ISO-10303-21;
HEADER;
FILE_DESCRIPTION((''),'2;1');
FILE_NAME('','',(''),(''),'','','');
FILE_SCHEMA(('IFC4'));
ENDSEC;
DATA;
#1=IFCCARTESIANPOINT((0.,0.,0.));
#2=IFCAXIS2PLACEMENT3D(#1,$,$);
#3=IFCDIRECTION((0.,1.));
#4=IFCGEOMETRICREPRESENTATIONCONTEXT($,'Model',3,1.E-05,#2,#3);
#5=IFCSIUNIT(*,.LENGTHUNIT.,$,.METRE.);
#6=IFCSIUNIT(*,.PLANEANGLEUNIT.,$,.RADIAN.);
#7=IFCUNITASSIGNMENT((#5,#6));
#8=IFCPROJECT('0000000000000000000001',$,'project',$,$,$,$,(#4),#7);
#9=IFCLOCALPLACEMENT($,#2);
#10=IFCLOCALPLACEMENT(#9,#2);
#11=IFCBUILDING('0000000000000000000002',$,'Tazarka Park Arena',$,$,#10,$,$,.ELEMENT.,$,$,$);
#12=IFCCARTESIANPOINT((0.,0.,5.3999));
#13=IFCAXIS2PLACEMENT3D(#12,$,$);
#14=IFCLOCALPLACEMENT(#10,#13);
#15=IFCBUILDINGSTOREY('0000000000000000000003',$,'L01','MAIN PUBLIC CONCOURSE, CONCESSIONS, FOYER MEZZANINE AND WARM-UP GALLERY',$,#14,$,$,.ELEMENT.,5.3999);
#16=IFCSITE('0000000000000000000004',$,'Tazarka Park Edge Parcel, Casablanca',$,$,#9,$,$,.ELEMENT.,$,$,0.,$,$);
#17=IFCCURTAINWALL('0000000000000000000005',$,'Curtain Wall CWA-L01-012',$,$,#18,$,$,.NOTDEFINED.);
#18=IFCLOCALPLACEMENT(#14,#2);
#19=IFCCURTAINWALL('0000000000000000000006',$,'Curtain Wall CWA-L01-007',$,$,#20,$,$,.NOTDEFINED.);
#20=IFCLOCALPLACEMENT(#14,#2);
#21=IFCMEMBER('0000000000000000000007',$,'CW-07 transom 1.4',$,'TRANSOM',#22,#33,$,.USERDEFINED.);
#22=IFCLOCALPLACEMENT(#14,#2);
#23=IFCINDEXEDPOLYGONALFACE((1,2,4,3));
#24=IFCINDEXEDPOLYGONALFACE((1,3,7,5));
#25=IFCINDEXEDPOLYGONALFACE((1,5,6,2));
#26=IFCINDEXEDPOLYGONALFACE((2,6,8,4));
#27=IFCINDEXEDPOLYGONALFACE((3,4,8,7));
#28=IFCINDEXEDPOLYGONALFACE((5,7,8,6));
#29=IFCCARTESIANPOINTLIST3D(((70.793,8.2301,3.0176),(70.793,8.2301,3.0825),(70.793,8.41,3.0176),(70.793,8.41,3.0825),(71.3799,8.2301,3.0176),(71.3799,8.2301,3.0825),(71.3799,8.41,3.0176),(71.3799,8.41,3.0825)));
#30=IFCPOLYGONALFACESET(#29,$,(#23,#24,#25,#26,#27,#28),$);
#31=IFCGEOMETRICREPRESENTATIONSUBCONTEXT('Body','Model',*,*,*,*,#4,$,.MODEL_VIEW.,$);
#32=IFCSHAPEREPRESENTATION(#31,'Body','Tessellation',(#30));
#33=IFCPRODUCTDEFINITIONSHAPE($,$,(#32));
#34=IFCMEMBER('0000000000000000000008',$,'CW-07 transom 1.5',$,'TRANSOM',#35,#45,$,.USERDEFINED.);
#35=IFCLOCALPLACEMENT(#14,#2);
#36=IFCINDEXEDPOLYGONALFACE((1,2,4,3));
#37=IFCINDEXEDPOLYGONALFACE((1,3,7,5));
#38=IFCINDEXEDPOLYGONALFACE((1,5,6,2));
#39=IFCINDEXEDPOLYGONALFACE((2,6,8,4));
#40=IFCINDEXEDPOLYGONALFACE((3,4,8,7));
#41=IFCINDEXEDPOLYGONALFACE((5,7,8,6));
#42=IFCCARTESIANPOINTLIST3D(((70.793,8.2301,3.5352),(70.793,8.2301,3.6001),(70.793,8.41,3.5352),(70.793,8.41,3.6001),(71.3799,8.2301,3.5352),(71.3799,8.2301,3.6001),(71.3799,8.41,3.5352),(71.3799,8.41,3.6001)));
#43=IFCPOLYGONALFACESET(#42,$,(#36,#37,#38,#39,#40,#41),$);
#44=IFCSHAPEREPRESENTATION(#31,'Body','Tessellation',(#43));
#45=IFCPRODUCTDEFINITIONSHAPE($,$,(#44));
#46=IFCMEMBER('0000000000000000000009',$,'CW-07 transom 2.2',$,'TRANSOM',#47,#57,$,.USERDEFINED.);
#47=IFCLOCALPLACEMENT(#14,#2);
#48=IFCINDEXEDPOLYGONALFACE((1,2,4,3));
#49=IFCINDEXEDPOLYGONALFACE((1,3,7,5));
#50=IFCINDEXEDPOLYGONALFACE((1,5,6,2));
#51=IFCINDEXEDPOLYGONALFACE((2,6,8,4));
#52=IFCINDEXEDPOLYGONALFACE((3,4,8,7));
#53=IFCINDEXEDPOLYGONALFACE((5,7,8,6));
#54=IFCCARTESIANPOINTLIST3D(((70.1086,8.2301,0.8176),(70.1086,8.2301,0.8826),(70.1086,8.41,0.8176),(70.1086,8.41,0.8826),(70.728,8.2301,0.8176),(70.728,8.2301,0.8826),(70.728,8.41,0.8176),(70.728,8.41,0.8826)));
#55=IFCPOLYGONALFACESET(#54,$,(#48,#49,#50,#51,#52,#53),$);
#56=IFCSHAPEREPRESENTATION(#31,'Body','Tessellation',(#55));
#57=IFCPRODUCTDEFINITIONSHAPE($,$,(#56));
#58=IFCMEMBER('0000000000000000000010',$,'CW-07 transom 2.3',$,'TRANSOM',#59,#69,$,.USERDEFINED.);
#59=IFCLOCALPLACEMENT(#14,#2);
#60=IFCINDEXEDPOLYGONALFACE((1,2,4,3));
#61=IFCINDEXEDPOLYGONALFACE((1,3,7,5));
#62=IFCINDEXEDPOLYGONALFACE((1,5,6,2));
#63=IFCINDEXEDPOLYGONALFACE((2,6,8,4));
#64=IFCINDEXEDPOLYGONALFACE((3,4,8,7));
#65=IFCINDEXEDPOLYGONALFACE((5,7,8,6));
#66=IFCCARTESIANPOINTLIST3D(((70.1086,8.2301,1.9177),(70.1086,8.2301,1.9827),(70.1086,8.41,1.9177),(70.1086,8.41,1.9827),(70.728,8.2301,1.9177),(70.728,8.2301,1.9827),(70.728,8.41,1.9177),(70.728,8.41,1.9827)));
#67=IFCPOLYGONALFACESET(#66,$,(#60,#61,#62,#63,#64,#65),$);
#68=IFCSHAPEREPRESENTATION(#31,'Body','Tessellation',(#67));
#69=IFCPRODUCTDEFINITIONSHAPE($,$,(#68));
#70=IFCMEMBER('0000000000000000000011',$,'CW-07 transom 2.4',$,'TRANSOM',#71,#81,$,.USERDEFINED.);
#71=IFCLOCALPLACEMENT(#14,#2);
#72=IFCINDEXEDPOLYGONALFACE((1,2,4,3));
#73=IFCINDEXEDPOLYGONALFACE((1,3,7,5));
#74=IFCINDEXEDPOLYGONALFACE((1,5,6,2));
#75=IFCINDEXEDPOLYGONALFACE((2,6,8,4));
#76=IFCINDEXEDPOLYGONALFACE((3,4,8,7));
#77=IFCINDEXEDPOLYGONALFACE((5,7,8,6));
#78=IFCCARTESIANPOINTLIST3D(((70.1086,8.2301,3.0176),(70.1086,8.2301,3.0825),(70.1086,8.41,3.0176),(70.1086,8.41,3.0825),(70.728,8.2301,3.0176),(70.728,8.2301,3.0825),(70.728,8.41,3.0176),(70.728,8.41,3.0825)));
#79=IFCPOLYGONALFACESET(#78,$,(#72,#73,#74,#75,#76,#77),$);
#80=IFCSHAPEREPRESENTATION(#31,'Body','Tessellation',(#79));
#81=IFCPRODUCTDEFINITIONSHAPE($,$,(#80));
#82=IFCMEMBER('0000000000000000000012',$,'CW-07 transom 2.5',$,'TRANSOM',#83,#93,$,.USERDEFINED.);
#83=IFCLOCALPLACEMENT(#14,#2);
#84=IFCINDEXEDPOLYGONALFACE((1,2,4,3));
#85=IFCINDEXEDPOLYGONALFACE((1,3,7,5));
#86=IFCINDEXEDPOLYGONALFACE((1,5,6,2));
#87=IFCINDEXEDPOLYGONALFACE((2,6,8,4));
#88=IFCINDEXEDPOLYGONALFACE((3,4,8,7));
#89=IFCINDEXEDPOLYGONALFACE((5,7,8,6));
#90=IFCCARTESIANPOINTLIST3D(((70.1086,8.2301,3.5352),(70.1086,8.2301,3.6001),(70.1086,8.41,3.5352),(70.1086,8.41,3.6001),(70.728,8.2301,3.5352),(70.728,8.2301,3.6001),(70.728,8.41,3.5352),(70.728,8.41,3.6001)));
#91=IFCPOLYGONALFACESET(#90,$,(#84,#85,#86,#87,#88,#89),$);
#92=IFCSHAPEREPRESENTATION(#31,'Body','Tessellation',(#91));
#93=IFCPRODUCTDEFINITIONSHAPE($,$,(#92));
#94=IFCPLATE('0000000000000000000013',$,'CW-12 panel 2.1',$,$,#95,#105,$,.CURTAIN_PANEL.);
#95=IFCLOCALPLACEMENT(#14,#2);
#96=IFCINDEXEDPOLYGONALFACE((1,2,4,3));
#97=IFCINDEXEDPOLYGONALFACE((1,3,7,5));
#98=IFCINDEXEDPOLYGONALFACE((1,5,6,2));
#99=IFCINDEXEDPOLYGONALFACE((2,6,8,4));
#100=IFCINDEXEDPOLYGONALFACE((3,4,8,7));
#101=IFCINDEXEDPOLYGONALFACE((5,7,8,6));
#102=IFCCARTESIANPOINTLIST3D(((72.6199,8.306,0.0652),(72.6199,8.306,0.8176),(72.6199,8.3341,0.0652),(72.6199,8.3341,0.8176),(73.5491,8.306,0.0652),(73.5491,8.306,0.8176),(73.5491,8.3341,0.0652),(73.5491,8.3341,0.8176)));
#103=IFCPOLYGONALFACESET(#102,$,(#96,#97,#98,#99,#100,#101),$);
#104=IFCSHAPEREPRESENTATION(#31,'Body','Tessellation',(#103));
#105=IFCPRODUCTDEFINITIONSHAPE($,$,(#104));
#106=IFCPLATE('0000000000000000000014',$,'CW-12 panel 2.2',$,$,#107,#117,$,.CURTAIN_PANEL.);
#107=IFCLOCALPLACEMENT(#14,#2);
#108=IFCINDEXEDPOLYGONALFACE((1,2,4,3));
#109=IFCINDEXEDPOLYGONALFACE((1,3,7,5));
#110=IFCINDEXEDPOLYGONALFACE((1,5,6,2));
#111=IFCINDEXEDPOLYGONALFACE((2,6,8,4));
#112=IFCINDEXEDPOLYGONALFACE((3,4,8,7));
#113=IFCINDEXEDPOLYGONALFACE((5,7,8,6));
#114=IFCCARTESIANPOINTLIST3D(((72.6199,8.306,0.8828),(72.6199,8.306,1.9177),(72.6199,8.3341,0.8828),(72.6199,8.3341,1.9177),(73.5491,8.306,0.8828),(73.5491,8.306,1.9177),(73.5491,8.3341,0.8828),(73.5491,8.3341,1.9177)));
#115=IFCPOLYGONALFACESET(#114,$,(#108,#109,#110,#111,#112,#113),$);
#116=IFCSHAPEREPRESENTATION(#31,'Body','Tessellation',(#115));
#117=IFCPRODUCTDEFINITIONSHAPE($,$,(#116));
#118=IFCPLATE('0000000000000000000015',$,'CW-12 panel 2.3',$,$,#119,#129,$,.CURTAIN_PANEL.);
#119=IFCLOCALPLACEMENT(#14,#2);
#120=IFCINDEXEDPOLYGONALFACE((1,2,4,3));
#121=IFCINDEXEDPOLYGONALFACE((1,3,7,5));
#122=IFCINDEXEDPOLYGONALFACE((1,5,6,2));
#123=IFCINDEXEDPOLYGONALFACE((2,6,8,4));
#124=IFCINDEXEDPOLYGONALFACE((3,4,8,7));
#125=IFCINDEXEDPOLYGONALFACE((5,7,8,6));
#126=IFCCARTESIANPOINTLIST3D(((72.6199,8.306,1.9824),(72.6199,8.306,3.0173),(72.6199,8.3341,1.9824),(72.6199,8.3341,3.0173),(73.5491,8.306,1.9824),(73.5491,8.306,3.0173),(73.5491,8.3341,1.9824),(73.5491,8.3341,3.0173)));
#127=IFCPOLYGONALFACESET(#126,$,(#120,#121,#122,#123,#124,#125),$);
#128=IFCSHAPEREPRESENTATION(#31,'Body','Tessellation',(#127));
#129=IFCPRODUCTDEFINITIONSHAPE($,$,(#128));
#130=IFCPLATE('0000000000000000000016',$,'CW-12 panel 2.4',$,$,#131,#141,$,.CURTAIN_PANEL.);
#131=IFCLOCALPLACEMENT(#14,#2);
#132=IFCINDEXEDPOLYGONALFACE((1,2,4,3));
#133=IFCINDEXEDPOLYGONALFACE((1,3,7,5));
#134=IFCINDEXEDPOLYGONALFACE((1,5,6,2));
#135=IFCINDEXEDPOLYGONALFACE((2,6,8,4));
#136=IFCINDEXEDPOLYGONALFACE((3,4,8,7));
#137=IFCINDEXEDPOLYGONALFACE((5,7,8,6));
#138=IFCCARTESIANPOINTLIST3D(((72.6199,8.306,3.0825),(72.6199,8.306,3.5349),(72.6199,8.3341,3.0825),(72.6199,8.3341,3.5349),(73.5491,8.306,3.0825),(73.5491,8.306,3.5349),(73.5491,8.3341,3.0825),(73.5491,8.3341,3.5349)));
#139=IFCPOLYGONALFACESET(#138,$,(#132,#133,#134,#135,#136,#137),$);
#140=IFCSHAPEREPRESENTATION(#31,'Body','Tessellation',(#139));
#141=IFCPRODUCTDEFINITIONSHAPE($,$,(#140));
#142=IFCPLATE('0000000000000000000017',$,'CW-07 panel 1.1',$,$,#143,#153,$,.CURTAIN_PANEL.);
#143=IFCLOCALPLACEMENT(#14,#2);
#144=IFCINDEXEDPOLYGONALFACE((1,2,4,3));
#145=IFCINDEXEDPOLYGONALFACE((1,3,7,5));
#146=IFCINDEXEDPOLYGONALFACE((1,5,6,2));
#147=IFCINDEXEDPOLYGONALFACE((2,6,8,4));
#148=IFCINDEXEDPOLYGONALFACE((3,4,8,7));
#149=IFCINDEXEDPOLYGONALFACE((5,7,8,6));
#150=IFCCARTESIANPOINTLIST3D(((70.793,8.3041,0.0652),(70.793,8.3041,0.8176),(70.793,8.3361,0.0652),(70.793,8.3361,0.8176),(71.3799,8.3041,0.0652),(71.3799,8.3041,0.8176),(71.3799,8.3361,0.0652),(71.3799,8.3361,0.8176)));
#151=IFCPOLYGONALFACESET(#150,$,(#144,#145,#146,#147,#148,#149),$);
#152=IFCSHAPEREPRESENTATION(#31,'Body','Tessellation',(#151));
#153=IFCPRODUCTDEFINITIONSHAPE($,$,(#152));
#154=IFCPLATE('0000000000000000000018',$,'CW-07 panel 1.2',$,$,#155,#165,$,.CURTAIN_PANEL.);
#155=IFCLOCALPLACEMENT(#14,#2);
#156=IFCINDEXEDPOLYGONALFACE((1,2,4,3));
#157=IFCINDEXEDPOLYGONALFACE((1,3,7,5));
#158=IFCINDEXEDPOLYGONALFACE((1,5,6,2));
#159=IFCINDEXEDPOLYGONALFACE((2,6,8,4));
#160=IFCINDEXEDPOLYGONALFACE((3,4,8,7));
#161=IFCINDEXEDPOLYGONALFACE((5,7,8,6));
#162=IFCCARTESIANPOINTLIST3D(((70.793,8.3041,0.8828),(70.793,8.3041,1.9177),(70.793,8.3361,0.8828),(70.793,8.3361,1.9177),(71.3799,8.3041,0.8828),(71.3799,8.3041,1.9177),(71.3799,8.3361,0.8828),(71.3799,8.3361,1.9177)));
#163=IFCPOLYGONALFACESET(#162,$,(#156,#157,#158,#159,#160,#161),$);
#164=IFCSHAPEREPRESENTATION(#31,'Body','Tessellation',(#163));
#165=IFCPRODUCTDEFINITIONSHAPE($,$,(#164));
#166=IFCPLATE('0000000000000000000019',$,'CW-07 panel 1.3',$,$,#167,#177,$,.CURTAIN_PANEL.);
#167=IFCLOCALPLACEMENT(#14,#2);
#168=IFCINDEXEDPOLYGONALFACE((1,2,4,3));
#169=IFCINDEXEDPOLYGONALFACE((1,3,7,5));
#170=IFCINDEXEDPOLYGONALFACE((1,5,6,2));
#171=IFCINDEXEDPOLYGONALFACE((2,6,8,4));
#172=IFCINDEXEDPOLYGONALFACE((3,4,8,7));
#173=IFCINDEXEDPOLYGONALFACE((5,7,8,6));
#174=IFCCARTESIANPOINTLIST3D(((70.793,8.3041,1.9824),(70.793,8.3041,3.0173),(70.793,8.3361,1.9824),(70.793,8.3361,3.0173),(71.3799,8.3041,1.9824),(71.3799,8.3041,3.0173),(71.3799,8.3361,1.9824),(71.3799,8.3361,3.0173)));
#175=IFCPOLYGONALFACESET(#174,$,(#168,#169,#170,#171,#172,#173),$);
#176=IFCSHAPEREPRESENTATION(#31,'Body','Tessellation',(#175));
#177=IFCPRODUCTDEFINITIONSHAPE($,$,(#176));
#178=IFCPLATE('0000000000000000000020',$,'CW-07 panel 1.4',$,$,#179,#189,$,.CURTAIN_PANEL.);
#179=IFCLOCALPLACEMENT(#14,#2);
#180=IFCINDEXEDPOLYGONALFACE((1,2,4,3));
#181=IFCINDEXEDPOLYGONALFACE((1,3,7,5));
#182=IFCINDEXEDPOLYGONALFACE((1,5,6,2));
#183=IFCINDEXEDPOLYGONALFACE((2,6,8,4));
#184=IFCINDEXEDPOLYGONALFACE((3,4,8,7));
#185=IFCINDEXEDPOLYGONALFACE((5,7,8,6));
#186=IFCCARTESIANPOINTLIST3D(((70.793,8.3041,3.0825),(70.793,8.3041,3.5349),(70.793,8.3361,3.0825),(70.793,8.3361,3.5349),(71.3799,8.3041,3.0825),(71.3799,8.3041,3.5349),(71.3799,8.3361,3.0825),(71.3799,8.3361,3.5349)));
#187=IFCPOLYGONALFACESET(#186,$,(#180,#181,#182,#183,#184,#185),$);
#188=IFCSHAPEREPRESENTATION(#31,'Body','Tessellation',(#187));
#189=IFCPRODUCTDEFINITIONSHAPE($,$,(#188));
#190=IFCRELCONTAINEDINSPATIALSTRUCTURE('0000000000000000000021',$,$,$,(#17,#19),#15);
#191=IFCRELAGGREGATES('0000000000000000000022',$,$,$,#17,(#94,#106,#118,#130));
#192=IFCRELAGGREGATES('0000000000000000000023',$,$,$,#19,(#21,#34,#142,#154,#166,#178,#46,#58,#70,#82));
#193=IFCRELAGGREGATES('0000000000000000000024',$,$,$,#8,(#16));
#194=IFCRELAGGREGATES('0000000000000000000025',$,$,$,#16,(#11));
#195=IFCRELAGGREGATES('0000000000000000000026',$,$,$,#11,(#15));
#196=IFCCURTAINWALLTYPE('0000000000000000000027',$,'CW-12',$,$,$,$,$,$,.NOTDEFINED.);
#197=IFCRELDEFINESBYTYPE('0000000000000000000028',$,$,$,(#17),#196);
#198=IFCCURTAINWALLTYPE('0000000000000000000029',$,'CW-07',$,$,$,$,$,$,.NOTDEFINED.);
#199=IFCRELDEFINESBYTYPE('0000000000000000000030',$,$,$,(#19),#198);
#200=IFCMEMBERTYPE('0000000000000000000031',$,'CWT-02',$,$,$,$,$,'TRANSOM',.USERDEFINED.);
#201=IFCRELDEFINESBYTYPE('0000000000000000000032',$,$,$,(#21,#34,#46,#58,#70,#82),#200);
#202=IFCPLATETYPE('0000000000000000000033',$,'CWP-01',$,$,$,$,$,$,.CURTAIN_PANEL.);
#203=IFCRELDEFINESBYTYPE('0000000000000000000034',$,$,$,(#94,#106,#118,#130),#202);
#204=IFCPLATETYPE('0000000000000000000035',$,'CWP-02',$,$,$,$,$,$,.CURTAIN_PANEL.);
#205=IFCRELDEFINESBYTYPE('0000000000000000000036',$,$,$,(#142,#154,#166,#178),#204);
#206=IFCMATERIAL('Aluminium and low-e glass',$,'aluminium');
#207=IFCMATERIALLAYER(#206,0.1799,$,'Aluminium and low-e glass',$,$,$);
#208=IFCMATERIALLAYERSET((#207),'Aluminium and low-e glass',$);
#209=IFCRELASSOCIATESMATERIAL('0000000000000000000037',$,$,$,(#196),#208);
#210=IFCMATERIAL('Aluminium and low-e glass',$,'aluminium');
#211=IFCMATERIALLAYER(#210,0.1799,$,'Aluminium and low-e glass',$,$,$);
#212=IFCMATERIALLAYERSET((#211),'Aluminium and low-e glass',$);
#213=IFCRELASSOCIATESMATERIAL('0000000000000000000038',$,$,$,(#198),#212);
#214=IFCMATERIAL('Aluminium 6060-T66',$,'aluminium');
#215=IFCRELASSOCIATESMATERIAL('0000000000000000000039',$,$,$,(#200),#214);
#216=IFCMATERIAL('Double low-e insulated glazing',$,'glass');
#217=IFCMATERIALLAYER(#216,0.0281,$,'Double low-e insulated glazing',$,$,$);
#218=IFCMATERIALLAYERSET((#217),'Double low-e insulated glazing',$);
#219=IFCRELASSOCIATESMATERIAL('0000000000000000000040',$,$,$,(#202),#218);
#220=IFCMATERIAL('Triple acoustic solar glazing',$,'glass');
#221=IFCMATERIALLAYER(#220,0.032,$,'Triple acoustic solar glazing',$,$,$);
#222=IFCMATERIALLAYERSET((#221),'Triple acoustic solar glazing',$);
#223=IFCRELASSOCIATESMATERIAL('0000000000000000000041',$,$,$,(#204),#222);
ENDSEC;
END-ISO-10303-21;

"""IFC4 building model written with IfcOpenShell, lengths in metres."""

from ifc_helpers import new_model, si_unit, direction, frame, origin, origin_2d, place, context, subcontext, project, spatial, rectangle, extrude, material, layer, layer_set, material_profile, profile_set, type_object, element, aggregate, save


model = new_model("IFC4")

# Units and contexts
model_context = context("Model", 3, precision=1e-05, world=origin(), true_north=direction((0.0, 1.0)))
body_context = subcontext(model_context, "Body", "Model", "MODEL_VIEW")
ifc_project = project(units=[si_unit("LENGTHUNIT", "METRE"), si_unit("PLANEANGLEUNIT", "RADIAN")], contexts=[model_context])

# Site, building, storey
site_placement = place(None, origin())
site = spatial("IfcSite", under=ifc_project, at=site_placement, Name="Tazarka Park Edge Parcel, Casablanca", CompositionType="ELEMENT", RefElevation=0.0)
building_placement = place(site_placement, origin())
building = spatial("IfcBuilding", under=site, at=building_placement, Name="Tazarka Park Arena", CompositionType="ELEMENT")
storey_placement = place(building_placement, frame((0.0, 0.0, 5.3999)))
storey = spatial("IfcBuildingStorey", under=building, at=storey_placement, Name="L01", Description="MAIN PUBLIC CONCOURSE, CONCESSIONS, FOYER MEZZANINE AND WARM-UP GALLERY", CompositionType="ELEMENT", Elevation=5.3999)

# Curtain wall
ifc_material_1 = material(Name="Aluminium and low-e glass", Category="aluminium")
ifc_layer_1 = layer(ifc_material_1, 0.1799, Name="Aluminium and low-e glass")
ifc_layer_set_1 = layer_set([ifc_layer_1], Name="Aluminium and low-e glass")
curtain_wall_type_1 = type_object("IfcCurtainWallType", Name="CW-12", PredefinedType="NOTDEFINED", material=ifc_layer_set_1)
curtain_wall_1_placement = place(storey_placement, origin())
curtain_wall_1 = element("IfcCurtainWall", 1, at=curtain_wall_1_placement, inside=storey, type_object=curtain_wall_type_1, Name="Curtain Wall CWA-L01-012", PredefinedType="NOTDEFINED")

# Curtain wall
ifc_material_2 = material(Name="Aluminium and low-e glass", Category="aluminium")
ifc_layer_2 = layer(ifc_material_2, 0.1799, Name="Aluminium and low-e glass")
ifc_layer_set_2 = layer_set([ifc_layer_2], Name="Aluminium and low-e glass")
curtain_wall_type_2 = type_object("IfcCurtainWallType", Name="CW-07", PredefinedType="NOTDEFINED", material=ifc_layer_set_2)
curtain_wall_2_placement = place(storey_placement, origin())
curtain_wall_2 = element("IfcCurtainWall", 2, at=curtain_wall_2_placement, inside=storey, type_object=curtain_wall_type_2, Name="Curtain Wall CWA-L01-007", PredefinedType="NOTDEFINED")

# Members
ifc_material_3 = material(Name="Aluminium 6060-T66", Category="aluminium")
ifc_material_profile_1 = material_profile(ifc_material_3, rectangle(XDim=0.1799, YDim=0.0649, at=origin_2d()), Name="Aluminium 6060-T66")
ifc_profile_set_1 = profile_set([ifc_material_profile_1], Name="Aluminium 6060-T66")
member_type_1 = type_object("IfcMemberType", Name="CWT-02", ElementType="TRANSOM", PredefinedType="USERDEFINED", material=ifc_profile_set_1)
member_1_placement = place(storey_placement, frame((71.3799, 8.3201, 3.05), z_axis=(-1.0, 0.0, 0.0), x_axis=(0.0, -1.0, 0.0)))
member_1 = element("IfcMember", 3, at=member_1_placement, type_object=member_type_1, Name="CW-07 transom 1.4", ObjectType="TRANSOM", PredefinedType="USERDEFINED", context=body_context, shape_type="SweptSolid", body=[
    extrude(rectangle(XDim=0.1799, YDim=0.0649, at=origin_2d()), origin(), (0.0, 0.0, 1.0), 0.5869),
])
member_2_placement = place(storey_placement, frame((71.3799, 8.3201, 3.5676), z_axis=(-1.0, 0.0, 0.0), x_axis=(0.0, -1.0, 0.0)))
member_2 = element("IfcMember", 4, at=member_2_placement, type_object=member_type_1, Name="CW-07 transom 1.5", ObjectType="TRANSOM", PredefinedType="USERDEFINED", context=body_context, shape_type="SweptSolid", body=[
    extrude(rectangle(XDim=0.1799, YDim=0.0649, at=origin_2d()), origin(), (0.0, 0.0, 1.0), 0.5869),
])
member_3_placement = place(storey_placement, frame((70.728, 8.3201, 0.8501), z_axis=(-1.0, 0.0, 0.0), x_axis=(0.0, -1.0, 0.0)))
member_3 = element("IfcMember", 5, at=member_3_placement, type_object=member_type_1, Name="CW-07 transom 2.2", ObjectType="TRANSOM", PredefinedType="USERDEFINED", context=body_context, shape_type="SweptSolid", body=[
    extrude(rectangle(XDim=0.1799, YDim=0.0649, at=origin_2d()), origin(), (0.0, 0.0, 1.0), 0.6194),
])
member_4_placement = place(storey_placement, frame((70.728, 8.3201, 1.9502), z_axis=(-1.0, 0.0, 0.0), x_axis=(0.0, -1.0, 0.0)))
member_4 = element("IfcMember", 6, at=member_4_placement, type_object=member_type_1, Name="CW-07 transom 2.3", ObjectType="TRANSOM", PredefinedType="USERDEFINED", context=body_context, shape_type="SweptSolid", body=[
    extrude(rectangle(XDim=0.1799, YDim=0.0649, at=origin_2d()), origin(), (0.0, 0.0, 1.0), 0.6194),
])
member_5_placement = place(storey_placement, frame((70.728, 8.3201, 3.05), z_axis=(-1.0, 0.0, 0.0), x_axis=(0.0, -1.0, 0.0)))
member_5 = element("IfcMember", 7, at=member_5_placement, type_object=member_type_1, Name="CW-07 transom 2.4", ObjectType="TRANSOM", PredefinedType="USERDEFINED", context=body_context, shape_type="SweptSolid", body=[
    extrude(rectangle(XDim=0.1799, YDim=0.0649, at=origin_2d()), origin(), (0.0, 0.0, 1.0), 0.6194),
])
member_6_placement = place(storey_placement, frame((70.728, 8.3201, 3.5676), z_axis=(-1.0, 0.0, 0.0), x_axis=(0.0, -1.0, 0.0)))
member_6 = element("IfcMember", 8, at=member_6_placement, type_object=member_type_1, Name="CW-07 transom 2.5", ObjectType="TRANSOM", PredefinedType="USERDEFINED", context=body_context, shape_type="SweptSolid", body=[
    extrude(rectangle(XDim=0.1799, YDim=0.0649, at=origin_2d()), origin(), (0.0, 0.0, 1.0), 0.6194),
])

# Plates
ifc_material_4 = material(Name="Double low-e insulated glazing", Category="glass")
ifc_layer_3 = layer(ifc_material_4, 0.0281, Name="Double low-e insulated glazing")
ifc_layer_set_3 = layer_set([ifc_layer_3], Name="Double low-e insulated glazing")
plate_type_1 = type_object("IfcPlateType", Name="CWP-01", PredefinedType="CURTAIN_PANEL", material=ifc_layer_set_3)
plate_1_placement = place(storey_placement, frame((73.0845, 8.3201, 0.0652), z_axis=(0.0, 0.0, 1.0), x_axis=(-1.0, 0.0, 0.0)))
plate_1 = element("IfcPlate", 9, at=plate_1_placement, type_object=plate_type_1, Name="CW-12 panel 2.1", PredefinedType="CURTAIN_PANEL", context=body_context, shape_type="SweptSolid", body=[
    extrude(rectangle(XDim=0.9292, YDim=0.0281, at=origin_2d()), origin(), (0.0, 0.0, 1.0), 0.7524),
])
plate_2_placement = place(storey_placement, frame((73.0845, 8.3201, 0.8828), z_axis=(0.0, 0.0, 1.0), x_axis=(-1.0, 0.0, 0.0)))
plate_2 = element("IfcPlate", 10, at=plate_2_placement, type_object=plate_type_1, Name="CW-12 panel 2.2", PredefinedType="CURTAIN_PANEL", context=body_context, shape_type="SweptSolid", body=[
    extrude(rectangle(XDim=0.9292, YDim=0.0281, at=origin_2d()), origin(), (0.0, 0.0, 1.0), 1.0349),
])
plate_3_placement = place(storey_placement, frame((73.0845, 8.3201, 1.9824), z_axis=(0.0, 0.0, 1.0), x_axis=(-1.0, 0.0, 0.0)))
plate_3 = element("IfcPlate", 11, at=plate_3_placement, type_object=plate_type_1, Name="CW-12 panel 2.3", PredefinedType="CURTAIN_PANEL", context=body_context, shape_type="SweptSolid", body=[
    extrude(rectangle(XDim=0.9292, YDim=0.0281, at=origin_2d()), origin(), (0.0, 0.0, 1.0), 1.0349),
])
plate_4_placement = place(storey_placement, frame((73.0845, 8.3201, 3.0825), z_axis=(0.0, 0.0, 1.0), x_axis=(-1.0, 0.0, 0.0)))
plate_4 = element("IfcPlate", 12, at=plate_4_placement, type_object=plate_type_1, Name="CW-12 panel 2.4", PredefinedType="CURTAIN_PANEL", context=body_context, shape_type="SweptSolid", body=[
    extrude(rectangle(XDim=0.9292, YDim=0.0281, at=origin_2d()), origin(), (0.0, 0.0, 1.0), 0.4524),
])
aggregate(curtain_wall_1, [plate_1, plate_2, plate_3, plate_4])
ifc_material_5 = material(Name="Triple acoustic solar glazing", Category="glass")
ifc_layer_4 = layer(ifc_material_5, 0.032, Name="Triple acoustic solar glazing")
ifc_layer_set_4 = layer_set([ifc_layer_4], Name="Triple acoustic solar glazing")
plate_type_2 = type_object("IfcPlateType", Name="CWP-02", PredefinedType="CURTAIN_PANEL", material=ifc_layer_set_4)
plate_5_placement = place(storey_placement, frame((71.0864, 8.3201, 0.0652), z_axis=(0.0, 0.0, 1.0), x_axis=(-1.0, 0.0, 0.0)))
plate_5 = element("IfcPlate", 13, at=plate_5_placement, type_object=plate_type_2, Name="CW-07 panel 1.1", PredefinedType="CURTAIN_PANEL", context=body_context, shape_type="SweptSolid", body=[
    extrude(rectangle(XDim=0.5869, YDim=0.032, at=origin_2d()), origin(), (0.0, 0.0, 1.0), 0.7524),
])
plate_6_placement = place(storey_placement, frame((71.0864, 8.3201, 0.8828), z_axis=(0.0, 0.0, 1.0), x_axis=(-1.0, 0.0, 0.0)))
plate_6 = element("IfcPlate", 14, at=plate_6_placement, type_object=plate_type_2, Name="CW-07 panel 1.2", PredefinedType="CURTAIN_PANEL", context=body_context, shape_type="SweptSolid", body=[
    extrude(rectangle(XDim=0.5869, YDim=0.032, at=origin_2d()), origin(), (0.0, 0.0, 1.0), 1.0349),
])
plate_7_placement = place(storey_placement, frame((71.0864, 8.3201, 1.9824), z_axis=(0.0, 0.0, 1.0), x_axis=(-1.0, 0.0, 0.0)))
plate_7 = element("IfcPlate", 15, at=plate_7_placement, type_object=plate_type_2, Name="CW-07 panel 1.3", PredefinedType="CURTAIN_PANEL", context=body_context, shape_type="SweptSolid", body=[
    extrude(rectangle(XDim=0.5869, YDim=0.032, at=origin_2d()), origin(), (0.0, 0.0, 1.0), 1.0349),
])
plate_8_placement = place(storey_placement, frame((71.0864, 8.3201, 3.0825), z_axis=(0.0, 0.0, 1.0), x_axis=(-1.0, 0.0, 0.0)))
plate_8 = element("IfcPlate", 16, at=plate_8_placement, type_object=plate_type_2, Name="CW-07 panel 1.4", PredefinedType="CURTAIN_PANEL", context=body_context, shape_type="SweptSolid", body=[
    extrude(rectangle(XDim=0.5869, YDim=0.032, at=origin_2d()), origin(), (0.0, 0.0, 1.0), 0.4524),
])
aggregate(curtain_wall_2, [member_1, member_2, plate_5, plate_6, plate_7, plate_8, member_3, member_4, member_5, member_6])

save(model, "model.ifc")
